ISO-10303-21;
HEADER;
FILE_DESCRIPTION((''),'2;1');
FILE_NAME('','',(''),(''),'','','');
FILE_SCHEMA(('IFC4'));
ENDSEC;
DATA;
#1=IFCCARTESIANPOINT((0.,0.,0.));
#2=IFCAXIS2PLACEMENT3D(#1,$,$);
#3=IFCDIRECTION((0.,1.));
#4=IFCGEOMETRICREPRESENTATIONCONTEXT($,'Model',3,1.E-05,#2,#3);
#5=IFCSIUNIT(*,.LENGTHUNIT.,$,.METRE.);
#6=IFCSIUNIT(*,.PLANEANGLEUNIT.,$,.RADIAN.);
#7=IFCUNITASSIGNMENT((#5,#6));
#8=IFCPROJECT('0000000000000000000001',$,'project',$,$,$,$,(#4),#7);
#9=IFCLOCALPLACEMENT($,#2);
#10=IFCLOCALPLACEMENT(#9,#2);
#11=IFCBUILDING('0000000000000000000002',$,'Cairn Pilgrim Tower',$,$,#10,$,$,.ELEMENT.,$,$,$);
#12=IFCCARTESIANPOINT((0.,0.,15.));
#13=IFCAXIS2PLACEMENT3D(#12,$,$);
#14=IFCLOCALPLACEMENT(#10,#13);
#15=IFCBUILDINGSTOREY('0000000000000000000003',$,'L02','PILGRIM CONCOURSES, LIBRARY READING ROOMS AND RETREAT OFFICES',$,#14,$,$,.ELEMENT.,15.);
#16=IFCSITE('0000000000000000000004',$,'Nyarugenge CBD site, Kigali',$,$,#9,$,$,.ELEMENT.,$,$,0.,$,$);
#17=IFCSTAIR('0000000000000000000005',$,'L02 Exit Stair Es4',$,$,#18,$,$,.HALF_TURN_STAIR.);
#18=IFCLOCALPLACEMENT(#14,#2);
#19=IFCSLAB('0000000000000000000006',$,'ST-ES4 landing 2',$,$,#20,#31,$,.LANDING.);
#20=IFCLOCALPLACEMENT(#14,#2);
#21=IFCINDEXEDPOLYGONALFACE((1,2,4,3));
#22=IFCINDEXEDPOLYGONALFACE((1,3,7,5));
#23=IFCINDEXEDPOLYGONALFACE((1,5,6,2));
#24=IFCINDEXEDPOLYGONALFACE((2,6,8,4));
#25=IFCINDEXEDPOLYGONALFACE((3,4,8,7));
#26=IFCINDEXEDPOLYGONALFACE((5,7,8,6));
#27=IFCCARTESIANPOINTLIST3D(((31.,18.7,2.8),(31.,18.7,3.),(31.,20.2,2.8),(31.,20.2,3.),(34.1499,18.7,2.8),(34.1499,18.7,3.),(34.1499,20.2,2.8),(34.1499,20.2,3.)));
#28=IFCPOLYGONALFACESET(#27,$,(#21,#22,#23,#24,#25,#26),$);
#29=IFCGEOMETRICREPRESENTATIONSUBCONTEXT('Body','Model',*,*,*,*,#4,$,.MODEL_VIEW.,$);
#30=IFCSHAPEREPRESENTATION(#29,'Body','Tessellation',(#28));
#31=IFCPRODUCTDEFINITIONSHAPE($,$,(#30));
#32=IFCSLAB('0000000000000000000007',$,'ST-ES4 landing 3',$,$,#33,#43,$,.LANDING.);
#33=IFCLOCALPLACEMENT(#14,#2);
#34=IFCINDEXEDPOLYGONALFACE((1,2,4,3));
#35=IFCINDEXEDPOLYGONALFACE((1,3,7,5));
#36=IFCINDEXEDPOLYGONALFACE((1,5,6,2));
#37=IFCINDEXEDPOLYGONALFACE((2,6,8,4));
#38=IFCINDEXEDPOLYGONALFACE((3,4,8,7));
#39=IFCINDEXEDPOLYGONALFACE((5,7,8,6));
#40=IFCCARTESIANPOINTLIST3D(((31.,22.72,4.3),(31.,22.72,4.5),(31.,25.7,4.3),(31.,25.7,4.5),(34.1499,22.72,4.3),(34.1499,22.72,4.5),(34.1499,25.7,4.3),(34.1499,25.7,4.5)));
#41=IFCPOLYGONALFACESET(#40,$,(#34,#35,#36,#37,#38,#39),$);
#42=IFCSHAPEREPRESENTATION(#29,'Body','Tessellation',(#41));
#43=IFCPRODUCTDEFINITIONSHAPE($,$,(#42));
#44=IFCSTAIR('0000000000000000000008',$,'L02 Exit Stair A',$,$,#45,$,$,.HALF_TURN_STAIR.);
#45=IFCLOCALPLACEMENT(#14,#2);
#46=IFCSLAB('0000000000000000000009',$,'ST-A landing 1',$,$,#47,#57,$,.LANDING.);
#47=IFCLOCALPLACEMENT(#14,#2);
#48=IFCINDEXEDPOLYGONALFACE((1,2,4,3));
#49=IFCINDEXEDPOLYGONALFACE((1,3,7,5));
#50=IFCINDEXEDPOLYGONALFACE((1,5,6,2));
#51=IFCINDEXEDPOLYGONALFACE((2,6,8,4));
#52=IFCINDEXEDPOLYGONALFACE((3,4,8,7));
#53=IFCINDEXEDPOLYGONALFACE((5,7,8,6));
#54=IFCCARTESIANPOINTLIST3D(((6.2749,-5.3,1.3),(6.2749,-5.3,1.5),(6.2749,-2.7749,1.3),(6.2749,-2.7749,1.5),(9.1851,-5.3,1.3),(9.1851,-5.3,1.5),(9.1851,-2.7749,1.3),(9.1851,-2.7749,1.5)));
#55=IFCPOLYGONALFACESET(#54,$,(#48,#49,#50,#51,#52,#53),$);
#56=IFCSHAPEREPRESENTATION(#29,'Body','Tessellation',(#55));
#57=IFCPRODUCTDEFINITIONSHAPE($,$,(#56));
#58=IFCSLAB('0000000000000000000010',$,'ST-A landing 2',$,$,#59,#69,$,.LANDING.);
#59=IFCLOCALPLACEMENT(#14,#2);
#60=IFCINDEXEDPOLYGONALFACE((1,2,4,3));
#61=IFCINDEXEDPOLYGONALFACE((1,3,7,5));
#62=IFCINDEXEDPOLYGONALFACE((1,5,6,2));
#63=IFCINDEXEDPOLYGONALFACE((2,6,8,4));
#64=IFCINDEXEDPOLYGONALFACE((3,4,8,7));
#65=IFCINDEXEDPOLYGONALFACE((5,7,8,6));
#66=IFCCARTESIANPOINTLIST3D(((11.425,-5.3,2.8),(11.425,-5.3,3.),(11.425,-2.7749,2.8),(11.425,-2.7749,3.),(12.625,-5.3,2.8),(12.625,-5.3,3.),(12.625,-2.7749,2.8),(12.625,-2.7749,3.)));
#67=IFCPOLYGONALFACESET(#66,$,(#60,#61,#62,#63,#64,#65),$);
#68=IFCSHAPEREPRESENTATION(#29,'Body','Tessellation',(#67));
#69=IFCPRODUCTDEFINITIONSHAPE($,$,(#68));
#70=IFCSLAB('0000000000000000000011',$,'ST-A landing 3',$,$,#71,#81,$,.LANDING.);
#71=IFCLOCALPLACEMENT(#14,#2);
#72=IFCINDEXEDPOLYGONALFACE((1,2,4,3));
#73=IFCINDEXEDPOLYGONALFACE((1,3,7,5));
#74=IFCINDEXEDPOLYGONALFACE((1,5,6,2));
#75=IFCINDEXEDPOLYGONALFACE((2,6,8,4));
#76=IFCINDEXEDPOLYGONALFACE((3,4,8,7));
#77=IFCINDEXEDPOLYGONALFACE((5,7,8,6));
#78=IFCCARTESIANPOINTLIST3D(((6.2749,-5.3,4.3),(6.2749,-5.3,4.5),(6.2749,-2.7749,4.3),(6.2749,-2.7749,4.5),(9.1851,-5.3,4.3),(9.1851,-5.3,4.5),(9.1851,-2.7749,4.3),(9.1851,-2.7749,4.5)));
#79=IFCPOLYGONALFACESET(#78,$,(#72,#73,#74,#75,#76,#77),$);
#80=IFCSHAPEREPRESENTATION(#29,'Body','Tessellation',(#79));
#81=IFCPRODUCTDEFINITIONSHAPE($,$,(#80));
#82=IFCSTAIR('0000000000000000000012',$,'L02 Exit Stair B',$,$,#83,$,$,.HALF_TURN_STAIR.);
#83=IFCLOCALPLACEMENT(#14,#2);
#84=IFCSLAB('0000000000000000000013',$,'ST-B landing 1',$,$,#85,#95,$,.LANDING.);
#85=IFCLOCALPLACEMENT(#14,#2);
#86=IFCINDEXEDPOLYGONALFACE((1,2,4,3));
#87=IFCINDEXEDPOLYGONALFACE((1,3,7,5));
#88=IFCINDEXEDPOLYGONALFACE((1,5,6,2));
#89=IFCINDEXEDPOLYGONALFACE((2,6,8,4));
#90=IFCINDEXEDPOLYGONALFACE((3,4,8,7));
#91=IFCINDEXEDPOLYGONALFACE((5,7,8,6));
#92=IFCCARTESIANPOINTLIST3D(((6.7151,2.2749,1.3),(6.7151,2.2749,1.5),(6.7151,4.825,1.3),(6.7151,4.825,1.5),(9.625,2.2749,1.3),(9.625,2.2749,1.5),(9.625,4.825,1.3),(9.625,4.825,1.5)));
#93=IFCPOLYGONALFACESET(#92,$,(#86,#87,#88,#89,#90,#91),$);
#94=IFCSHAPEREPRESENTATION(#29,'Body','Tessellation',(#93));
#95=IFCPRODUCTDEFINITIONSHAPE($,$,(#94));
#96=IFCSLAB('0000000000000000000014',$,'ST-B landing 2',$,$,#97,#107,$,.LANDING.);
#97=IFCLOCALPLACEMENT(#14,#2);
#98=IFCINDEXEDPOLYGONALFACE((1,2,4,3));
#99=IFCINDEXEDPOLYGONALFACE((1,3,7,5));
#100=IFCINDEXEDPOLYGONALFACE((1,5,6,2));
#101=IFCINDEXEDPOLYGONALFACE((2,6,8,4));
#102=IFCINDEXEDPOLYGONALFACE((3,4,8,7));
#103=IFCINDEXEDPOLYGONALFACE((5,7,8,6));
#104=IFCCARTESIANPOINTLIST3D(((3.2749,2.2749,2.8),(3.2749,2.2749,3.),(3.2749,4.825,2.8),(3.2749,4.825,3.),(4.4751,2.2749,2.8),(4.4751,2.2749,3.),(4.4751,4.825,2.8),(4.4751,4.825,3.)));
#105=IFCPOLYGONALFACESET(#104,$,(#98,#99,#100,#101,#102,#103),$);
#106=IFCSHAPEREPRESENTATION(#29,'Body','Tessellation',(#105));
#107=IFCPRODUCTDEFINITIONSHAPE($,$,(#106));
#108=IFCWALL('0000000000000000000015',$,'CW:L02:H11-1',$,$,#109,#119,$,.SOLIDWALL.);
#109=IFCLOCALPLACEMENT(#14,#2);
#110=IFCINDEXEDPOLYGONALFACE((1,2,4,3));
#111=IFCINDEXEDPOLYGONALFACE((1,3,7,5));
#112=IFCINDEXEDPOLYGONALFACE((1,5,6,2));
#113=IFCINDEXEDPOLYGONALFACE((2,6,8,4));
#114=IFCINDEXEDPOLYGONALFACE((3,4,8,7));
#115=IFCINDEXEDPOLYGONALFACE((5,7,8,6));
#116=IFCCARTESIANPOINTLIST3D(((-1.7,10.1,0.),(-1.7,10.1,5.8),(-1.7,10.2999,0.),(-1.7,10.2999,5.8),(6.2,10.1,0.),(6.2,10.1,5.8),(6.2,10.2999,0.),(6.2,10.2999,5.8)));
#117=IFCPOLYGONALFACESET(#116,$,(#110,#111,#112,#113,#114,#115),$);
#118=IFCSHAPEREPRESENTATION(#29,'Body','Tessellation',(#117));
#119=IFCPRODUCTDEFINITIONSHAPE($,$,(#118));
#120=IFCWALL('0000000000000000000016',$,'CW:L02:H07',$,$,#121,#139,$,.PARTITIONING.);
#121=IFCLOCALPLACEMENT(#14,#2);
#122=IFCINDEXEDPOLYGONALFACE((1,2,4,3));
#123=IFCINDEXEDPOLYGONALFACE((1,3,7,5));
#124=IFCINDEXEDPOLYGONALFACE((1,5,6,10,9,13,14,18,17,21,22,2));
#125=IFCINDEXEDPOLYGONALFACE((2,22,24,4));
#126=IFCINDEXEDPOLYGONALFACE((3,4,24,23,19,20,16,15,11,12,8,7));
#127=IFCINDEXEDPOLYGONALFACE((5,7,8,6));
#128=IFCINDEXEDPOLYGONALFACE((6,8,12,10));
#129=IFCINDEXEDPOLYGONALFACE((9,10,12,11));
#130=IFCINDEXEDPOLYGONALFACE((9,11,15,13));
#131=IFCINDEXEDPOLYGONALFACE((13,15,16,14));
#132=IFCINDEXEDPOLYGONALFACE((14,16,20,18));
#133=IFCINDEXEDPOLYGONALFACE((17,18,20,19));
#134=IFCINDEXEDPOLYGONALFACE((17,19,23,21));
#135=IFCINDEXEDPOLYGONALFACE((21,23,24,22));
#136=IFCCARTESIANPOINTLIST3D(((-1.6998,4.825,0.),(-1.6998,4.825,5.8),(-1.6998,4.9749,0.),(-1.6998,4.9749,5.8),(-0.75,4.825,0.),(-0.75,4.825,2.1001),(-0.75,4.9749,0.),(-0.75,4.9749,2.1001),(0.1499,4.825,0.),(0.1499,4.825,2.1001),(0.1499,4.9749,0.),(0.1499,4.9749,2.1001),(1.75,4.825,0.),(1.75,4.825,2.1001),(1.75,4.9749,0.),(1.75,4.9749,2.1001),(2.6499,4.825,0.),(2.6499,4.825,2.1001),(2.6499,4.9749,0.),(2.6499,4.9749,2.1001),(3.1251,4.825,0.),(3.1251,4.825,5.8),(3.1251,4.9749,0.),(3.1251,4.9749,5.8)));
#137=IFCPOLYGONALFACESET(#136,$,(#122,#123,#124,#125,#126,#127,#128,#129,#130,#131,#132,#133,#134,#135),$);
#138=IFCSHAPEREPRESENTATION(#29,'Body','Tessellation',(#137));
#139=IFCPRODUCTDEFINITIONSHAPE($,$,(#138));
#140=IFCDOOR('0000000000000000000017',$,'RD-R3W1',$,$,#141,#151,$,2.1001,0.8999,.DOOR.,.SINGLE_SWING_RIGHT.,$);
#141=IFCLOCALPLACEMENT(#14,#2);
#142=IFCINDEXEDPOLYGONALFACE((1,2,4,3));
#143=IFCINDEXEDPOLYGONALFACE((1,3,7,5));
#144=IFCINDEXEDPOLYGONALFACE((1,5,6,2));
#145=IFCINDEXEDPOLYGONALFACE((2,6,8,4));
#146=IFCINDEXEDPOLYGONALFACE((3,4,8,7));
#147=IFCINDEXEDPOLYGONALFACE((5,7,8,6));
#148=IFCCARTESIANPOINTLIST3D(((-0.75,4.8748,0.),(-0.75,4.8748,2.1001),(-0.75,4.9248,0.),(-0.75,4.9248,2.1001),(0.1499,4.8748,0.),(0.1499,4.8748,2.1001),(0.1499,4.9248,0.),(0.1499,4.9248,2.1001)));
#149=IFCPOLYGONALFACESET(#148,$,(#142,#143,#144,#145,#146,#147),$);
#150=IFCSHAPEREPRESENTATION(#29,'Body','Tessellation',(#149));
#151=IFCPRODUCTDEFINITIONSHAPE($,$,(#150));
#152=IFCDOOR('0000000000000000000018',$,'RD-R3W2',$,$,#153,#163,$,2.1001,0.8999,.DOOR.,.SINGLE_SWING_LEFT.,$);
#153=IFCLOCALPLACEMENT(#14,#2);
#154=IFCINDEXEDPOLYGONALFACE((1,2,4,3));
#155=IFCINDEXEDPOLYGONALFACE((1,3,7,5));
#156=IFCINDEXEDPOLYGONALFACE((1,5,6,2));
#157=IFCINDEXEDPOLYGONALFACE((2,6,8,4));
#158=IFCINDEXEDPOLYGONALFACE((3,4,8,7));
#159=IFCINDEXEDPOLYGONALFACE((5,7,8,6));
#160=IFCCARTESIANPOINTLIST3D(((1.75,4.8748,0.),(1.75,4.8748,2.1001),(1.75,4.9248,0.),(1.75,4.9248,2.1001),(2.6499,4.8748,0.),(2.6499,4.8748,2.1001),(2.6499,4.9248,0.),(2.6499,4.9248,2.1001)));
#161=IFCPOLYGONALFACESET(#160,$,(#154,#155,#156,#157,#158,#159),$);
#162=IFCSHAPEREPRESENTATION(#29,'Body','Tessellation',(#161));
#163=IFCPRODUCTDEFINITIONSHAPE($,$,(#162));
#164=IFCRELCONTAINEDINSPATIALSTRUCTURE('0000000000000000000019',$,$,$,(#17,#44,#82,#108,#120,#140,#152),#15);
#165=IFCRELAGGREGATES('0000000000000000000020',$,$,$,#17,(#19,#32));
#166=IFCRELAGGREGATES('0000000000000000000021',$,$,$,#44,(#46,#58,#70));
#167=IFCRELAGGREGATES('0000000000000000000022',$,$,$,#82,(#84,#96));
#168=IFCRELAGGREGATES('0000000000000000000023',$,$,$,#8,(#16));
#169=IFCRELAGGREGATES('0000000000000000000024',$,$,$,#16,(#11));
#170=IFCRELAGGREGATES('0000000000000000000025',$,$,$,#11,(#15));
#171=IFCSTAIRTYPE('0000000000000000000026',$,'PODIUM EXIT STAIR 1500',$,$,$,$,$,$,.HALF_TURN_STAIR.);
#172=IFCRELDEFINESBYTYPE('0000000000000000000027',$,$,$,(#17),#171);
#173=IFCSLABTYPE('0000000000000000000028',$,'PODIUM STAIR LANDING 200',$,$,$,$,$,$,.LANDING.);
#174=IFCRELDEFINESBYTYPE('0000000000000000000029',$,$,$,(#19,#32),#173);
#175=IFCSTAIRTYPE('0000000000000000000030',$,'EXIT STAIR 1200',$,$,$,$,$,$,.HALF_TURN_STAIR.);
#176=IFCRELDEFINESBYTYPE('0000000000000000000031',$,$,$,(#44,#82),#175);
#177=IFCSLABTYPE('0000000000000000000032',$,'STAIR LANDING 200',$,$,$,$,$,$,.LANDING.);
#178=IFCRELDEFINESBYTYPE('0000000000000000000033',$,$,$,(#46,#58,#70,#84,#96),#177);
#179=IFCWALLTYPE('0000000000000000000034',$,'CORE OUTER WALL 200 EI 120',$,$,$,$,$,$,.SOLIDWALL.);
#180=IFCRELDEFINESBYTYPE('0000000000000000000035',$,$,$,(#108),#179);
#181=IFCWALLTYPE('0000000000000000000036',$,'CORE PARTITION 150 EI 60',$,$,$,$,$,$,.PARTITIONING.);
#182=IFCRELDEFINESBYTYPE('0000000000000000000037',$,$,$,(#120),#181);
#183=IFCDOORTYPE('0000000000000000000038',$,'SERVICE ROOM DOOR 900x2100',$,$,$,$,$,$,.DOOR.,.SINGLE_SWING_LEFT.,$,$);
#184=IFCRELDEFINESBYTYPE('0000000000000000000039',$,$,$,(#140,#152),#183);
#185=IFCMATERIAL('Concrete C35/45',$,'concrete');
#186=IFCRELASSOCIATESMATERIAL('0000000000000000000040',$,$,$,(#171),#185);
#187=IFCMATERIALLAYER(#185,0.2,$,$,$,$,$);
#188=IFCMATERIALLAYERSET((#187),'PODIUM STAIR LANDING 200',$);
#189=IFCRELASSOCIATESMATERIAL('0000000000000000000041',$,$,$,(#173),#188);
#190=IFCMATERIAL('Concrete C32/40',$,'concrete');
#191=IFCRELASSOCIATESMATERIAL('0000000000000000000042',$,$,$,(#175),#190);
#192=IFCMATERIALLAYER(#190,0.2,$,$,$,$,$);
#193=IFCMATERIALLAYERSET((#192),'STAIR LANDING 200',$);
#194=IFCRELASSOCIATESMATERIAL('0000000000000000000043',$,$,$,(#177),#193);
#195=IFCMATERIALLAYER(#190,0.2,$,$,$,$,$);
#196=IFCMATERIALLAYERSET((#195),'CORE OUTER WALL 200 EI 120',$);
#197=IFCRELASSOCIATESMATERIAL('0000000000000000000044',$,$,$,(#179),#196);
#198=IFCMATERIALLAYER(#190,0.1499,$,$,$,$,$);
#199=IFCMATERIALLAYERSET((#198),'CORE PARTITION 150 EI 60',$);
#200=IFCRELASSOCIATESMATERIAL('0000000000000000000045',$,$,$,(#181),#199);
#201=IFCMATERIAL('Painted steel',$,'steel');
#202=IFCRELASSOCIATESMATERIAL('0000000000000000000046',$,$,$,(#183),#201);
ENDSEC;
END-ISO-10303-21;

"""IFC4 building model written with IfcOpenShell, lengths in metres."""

from ifc_helpers import new_model, si_unit, direction, frame, frame_2d, origin, place, context, subcontext, project, spatial, polyline, rectangle, outline, extrude, material, layer, layer_set, type_object, element, fill, aggregate, save


model = new_model("IFC4")

# Units and contexts
model_context = context("Model", 3, precision=1e-05, world=origin(), true_north=direction((0.0, 1.0)))
body_context = subcontext(model_context, "Body", "Model", "MODEL_VIEW")
ifc_project = project(units=[si_unit("LENGTHUNIT", "METRE"), si_unit("PLANEANGLEUNIT", "RADIAN")], contexts=[model_context])

# Site, building, storey
site_placement = place(None, origin())
site = spatial("IfcSite", under=ifc_project, at=site_placement, Name="Nyarugenge CBD site, Kigali", CompositionType="ELEMENT", RefElevation=0.0)
building_placement = place(site_placement, origin())
building = spatial("IfcBuilding", under=site, at=building_placement, Name="Cairn Pilgrim Tower", CompositionType="ELEMENT")
storey_placement = place(building_placement, frame((0.0, 0.0, 15.0)))
storey = spatial("IfcBuildingStorey", under=building, at=storey_placement, Name="L02", Description="PILGRIM CONCOURSES, LIBRARY READING ROOMS AND RETREAT OFFICES", CompositionType="ELEMENT", Elevation=15.0)

# Stairs, slabs
ifc_material_1 = material(Name="Concrete C35/45", Category="concrete")
stair_type_1 = type_object("IfcStairType", Name="PODIUM EXIT STAIR 1500", PredefinedType="HALF_TURN_STAIR", material=ifc_material_1)
ifc_layer_1 = layer(ifc_material_1, 0.2)
ifc_layer_set_1 = layer_set([ifc_layer_1], Name="PODIUM STAIR LANDING 200")
slab_type_1 = type_object("IfcSlabType", Name="PODIUM STAIR LANDING 200", PredefinedType="LANDING", material=ifc_layer_set_1)
stair_1_placement = place(storey_placement, origin())
stair_1 = element("IfcStair", 1, at=stair_1_placement, inside=storey, type_object=stair_type_1, Name="L02 Exit Stair Es4", PredefinedType="HALF_TURN_STAIR")
slab_1_placement = place(storey_placement, frame((0.0, 0.0, 2.8)))
slab_1 = element("IfcSlab", 2, at=slab_1_placement, type_object=slab_type_1, Name="ST-ES4 landing 2", PredefinedType="LANDING", context=body_context, shape_type="SweptSolid", body=[
    extrude(outline(polyline([(34.1499, 18.7), (34.1499, 20.2), (31.0, 20.2), (31.0, 18.7), (34.1499, 18.7)])), origin(), (0.0, 0.0, 1.0), 0.2),
])
slab_2_placement = place(storey_placement, frame((0.0, 0.0, 4.3)))
slab_2 = element("IfcSlab", 3, at=slab_2_placement, type_object=slab_type_1, Name="ST-ES4 landing 3", PredefinedType="LANDING", context=body_context, shape_type="SweptSolid", body=[
    extrude(outline(polyline([(34.1499, 22.72), (34.1499, 25.7), (31.0, 25.7), (31.0, 22.72), (34.1499, 22.72)])), origin(), (0.0, 0.0, 1.0), 0.2),
])
aggregate(stair_1, [slab_1, slab_2])
ifc_material_2 = material(Name="Concrete C32/40", Category="concrete")
stair_type_2 = type_object("IfcStairType", Name="EXIT STAIR 1200", PredefinedType="HALF_TURN_STAIR", material=ifc_material_2)
stair_2_placement = place(storey_placement, origin())
stair_2 = element("IfcStair", 4, at=stair_2_placement, inside=storey, type_object=stair_type_2, Name="L02 Exit Stair A", PredefinedType="HALF_TURN_STAIR")
ifc_layer_2 = layer(ifc_material_2, 0.2)
ifc_layer_set_2 = layer_set([ifc_layer_2], Name="STAIR LANDING 200")
slab_type_2 = type_object("IfcSlabType", Name="STAIR LANDING 200", PredefinedType="LANDING", material=ifc_layer_set_2)
slab_3_placement = place(storey_placement, frame((0.0, 0.0, 1.3)))
slab_3 = element("IfcSlab", 5, at=slab_3_placement, type_object=slab_type_2, Name="ST-A landing 1", PredefinedType="LANDING", context=body_context, shape_type="SweptSolid", body=[
    extrude(outline(polyline([(9.1851, -2.7749), (6.2749, -2.7749), (6.2749, -5.3), (9.1851, -5.3), (9.1851, -2.7749)])), origin(), (0.0, 0.0, 1.0), 0.2),
])
slab_4_placement = place(storey_placement, frame((0.0, 0.0, 2.8)))
slab_4 = element("IfcSlab", 6, at=slab_4_placement, type_object=slab_type_2, Name="ST-A landing 2", PredefinedType="LANDING", context=body_context, shape_type="SweptSolid", body=[
    extrude(outline(polyline([(12.625, -2.7749), (11.425, -2.7749), (11.425, -5.3), (12.625, -5.3), (12.625, -2.7749)])), origin(), (0.0, 0.0, 1.0), 0.2),
])
slab_5_placement = place(storey_placement, frame((0.0, 0.0, 4.3)))
slab_5 = element("IfcSlab", 7, at=slab_5_placement, type_object=slab_type_2, Name="ST-A landing 3", PredefinedType="LANDING", context=body_context, shape_type="SweptSolid", body=[
    extrude(outline(polyline([(9.1851, -2.7749), (6.2749, -2.7749), (6.2749, -5.3), (9.1851, -5.3), (9.1851, -2.7749)])), origin(), (0.0, 0.0, 1.0), 0.2),
])
aggregate(stair_2, [slab_3, slab_4, slab_5])
stair_3_placement = place(storey_placement, origin())
stair_3 = element("IfcStair", 8, at=stair_3_placement, inside=storey, type_object=stair_type_2, Name="L02 Exit Stair B", PredefinedType="HALF_TURN_STAIR")
slab_6_placement = place(storey_placement, frame((0.0, 0.0, 1.3)))
slab_6 = element("IfcSlab", 9, at=slab_6_placement, type_object=slab_type_2, Name="ST-B landing 1", PredefinedType="LANDING", context=body_context, shape_type="SweptSolid", body=[
    extrude(outline(polyline([(6.7151, 2.2749), (9.625, 2.2749), (9.625, 4.825), (6.7151, 4.825), (6.7151, 2.2749)])), origin(), (0.0, 0.0, 1.0), 0.2),
])
slab_7_placement = place(storey_placement, frame((0.0, 0.0, 2.8)))
slab_7 = element("IfcSlab", 10, at=slab_7_placement, type_object=slab_type_2, Name="ST-B landing 2", PredefinedType="LANDING", context=body_context, shape_type="SweptSolid", body=[
    extrude(outline(polyline([(3.2749, 2.2749), (4.4751, 2.2749), (4.4751, 4.825), (3.2749, 4.825), (3.2749, 2.2749)])), origin(), (0.0, 0.0, 1.0), 0.2),
])
aggregate(stair_3, [slab_6, slab_7])

# Wall
ifc_layer_3 = layer(ifc_material_2, 0.2)
ifc_layer_set_3 = layer_set([ifc_layer_3], Name="CORE OUTER WALL 200 EI 120")
wall_type_1 = type_object("IfcWallType", Name="CORE OUTER WALL 200 EI 120", PredefinedType="SOLIDWALL", material=ifc_layer_set_3)
wall_1_placement = place(storey_placement, frame((-1.7, 10.2, 0.0), z_axis=(0.0, 0.0, 1.0), x_axis=(1.0, 0.0, 0.0)))
element("IfcWall", 11, at=wall_1_placement, inside=storey, type_object=wall_type_1, Name="CW:L02:H11-1", PredefinedType="SOLIDWALL", context=body_context, shape_type="SweptSolid", body=[
    extrude(rectangle(XDim=7.8999, YDim=0.2, at=frame_2d((3.95, 0.0))), origin(), (0.0, 0.0, 1.0), 5.8),
])

# Wall, openings, doors
ifc_layer_4 = layer(ifc_material_2, 0.1499)
ifc_layer_set_4 = layer_set([ifc_layer_4], Name="CORE PARTITION 150 EI 60")
wall_type_2 = type_object("IfcWallType", Name="CORE PARTITION 150 EI 60", PredefinedType="PARTITIONING", material=ifc_layer_set_4)
wall_2_placement = place(storey_placement, frame((-1.7, 4.8999, 0.0), z_axis=(0.0, 0.0, 1.0), x_axis=(1.0, 0.0, 0.0)))
wall_2 = element("IfcWall", 12, at=wall_2_placement, inside=storey, type_object=wall_type_2, Name="CW:L02:H07", PredefinedType="PARTITIONING", context=body_context, shape_type="SweptSolid", body=[
    extrude(rectangle(XDim=4.825, YDim=0.1499, at=frame_2d((2.4126, 0.0))), origin(), (0.0, 0.0, 1.0), 5.8),
])
opening_1_placement = place(wall_2_placement, frame((0.95, 0.0, 0.0)))
opening_1 = element("IfcOpeningElement", 13, at=opening_1_placement, cuts=wall_2, PredefinedType="OPENING", context=body_context, shape_type="SweptSolid", body=[
    extrude(rectangle(XDim=0.8999, YDim=2.1001, at=frame_2d((0.45, 1.05))), frame((0.0, 0.085, 0.0), z_axis=(0.0, -1.0, 0.0), x_axis=(1.0, 0.0, 0.0)), (0.0, 0.0, 1.0), 0.1699),
])
opening_2_placement = place(wall_2_placement, frame((3.45, 0.0, 0.0)))
opening_2 = element("IfcOpeningElement", 14, at=opening_2_placement, cuts=wall_2, PredefinedType="OPENING", context=body_context, shape_type="SweptSolid", body=[
    extrude(rectangle(XDim=0.8999, YDim=2.1001, at=frame_2d((0.45, 1.05))), frame((0.0, 0.085, 0.0), z_axis=(0.0, -1.0, 0.0), x_axis=(1.0, 0.0, 0.0)), (0.0, 0.0, 1.0), 0.1699),
])
ifc_material_3 = material(Name="Painted steel", Category="steel")
door_type_1 = type_object("IfcDoorType", Name="SERVICE ROOM DOOR 900x2100", OperationType="SINGLE_SWING_LEFT", PredefinedType="DOOR", material=ifc_material_3)
door_1_placement = place(opening_1_placement, origin())
door_1 = element("IfcDoor", 15, at=door_1_placement, inside=storey, type_object=door_type_1, Name="RD-R3W1", OperationType="SINGLE_SWING_RIGHT", OverallHeight=2.1001, OverallWidth=0.8999, PredefinedType="DOOR", context=body_context, shape_type="SweptSolid", body=[
    extrude(rectangle(XDim=0.8999, YDim=2.1001, at=frame_2d((0.45, 1.05))), frame((0.0, 0.0249, 0.0), z_axis=(0.0, -1.0, 0.0), x_axis=(1.0, 0.0, 0.0)), (0.0, 0.0, 1.0), 0.05),
])
fill(opening_1, door_1)
door_2_placement = place(opening_2_placement, origin())
door_2 = element("IfcDoor", 16, at=door_2_placement, inside=storey, type_object=door_type_1, Name="RD-R3W2", OperationType="SINGLE_SWING_LEFT", OverallHeight=2.1001, OverallWidth=0.8999, PredefinedType="DOOR", context=body_context, shape_type="SweptSolid", body=[
    extrude(rectangle(XDim=0.8999, YDim=2.1001, at=frame_2d((0.45, 1.05))), frame((0.0, 0.0249, 0.0), z_axis=(0.0, -1.0, 0.0), x_axis=(1.0, 0.0, 0.0)), (0.0, 0.0, 1.0), 0.05),
])
fill(opening_2, door_2)

save(model, "model.ifc")
